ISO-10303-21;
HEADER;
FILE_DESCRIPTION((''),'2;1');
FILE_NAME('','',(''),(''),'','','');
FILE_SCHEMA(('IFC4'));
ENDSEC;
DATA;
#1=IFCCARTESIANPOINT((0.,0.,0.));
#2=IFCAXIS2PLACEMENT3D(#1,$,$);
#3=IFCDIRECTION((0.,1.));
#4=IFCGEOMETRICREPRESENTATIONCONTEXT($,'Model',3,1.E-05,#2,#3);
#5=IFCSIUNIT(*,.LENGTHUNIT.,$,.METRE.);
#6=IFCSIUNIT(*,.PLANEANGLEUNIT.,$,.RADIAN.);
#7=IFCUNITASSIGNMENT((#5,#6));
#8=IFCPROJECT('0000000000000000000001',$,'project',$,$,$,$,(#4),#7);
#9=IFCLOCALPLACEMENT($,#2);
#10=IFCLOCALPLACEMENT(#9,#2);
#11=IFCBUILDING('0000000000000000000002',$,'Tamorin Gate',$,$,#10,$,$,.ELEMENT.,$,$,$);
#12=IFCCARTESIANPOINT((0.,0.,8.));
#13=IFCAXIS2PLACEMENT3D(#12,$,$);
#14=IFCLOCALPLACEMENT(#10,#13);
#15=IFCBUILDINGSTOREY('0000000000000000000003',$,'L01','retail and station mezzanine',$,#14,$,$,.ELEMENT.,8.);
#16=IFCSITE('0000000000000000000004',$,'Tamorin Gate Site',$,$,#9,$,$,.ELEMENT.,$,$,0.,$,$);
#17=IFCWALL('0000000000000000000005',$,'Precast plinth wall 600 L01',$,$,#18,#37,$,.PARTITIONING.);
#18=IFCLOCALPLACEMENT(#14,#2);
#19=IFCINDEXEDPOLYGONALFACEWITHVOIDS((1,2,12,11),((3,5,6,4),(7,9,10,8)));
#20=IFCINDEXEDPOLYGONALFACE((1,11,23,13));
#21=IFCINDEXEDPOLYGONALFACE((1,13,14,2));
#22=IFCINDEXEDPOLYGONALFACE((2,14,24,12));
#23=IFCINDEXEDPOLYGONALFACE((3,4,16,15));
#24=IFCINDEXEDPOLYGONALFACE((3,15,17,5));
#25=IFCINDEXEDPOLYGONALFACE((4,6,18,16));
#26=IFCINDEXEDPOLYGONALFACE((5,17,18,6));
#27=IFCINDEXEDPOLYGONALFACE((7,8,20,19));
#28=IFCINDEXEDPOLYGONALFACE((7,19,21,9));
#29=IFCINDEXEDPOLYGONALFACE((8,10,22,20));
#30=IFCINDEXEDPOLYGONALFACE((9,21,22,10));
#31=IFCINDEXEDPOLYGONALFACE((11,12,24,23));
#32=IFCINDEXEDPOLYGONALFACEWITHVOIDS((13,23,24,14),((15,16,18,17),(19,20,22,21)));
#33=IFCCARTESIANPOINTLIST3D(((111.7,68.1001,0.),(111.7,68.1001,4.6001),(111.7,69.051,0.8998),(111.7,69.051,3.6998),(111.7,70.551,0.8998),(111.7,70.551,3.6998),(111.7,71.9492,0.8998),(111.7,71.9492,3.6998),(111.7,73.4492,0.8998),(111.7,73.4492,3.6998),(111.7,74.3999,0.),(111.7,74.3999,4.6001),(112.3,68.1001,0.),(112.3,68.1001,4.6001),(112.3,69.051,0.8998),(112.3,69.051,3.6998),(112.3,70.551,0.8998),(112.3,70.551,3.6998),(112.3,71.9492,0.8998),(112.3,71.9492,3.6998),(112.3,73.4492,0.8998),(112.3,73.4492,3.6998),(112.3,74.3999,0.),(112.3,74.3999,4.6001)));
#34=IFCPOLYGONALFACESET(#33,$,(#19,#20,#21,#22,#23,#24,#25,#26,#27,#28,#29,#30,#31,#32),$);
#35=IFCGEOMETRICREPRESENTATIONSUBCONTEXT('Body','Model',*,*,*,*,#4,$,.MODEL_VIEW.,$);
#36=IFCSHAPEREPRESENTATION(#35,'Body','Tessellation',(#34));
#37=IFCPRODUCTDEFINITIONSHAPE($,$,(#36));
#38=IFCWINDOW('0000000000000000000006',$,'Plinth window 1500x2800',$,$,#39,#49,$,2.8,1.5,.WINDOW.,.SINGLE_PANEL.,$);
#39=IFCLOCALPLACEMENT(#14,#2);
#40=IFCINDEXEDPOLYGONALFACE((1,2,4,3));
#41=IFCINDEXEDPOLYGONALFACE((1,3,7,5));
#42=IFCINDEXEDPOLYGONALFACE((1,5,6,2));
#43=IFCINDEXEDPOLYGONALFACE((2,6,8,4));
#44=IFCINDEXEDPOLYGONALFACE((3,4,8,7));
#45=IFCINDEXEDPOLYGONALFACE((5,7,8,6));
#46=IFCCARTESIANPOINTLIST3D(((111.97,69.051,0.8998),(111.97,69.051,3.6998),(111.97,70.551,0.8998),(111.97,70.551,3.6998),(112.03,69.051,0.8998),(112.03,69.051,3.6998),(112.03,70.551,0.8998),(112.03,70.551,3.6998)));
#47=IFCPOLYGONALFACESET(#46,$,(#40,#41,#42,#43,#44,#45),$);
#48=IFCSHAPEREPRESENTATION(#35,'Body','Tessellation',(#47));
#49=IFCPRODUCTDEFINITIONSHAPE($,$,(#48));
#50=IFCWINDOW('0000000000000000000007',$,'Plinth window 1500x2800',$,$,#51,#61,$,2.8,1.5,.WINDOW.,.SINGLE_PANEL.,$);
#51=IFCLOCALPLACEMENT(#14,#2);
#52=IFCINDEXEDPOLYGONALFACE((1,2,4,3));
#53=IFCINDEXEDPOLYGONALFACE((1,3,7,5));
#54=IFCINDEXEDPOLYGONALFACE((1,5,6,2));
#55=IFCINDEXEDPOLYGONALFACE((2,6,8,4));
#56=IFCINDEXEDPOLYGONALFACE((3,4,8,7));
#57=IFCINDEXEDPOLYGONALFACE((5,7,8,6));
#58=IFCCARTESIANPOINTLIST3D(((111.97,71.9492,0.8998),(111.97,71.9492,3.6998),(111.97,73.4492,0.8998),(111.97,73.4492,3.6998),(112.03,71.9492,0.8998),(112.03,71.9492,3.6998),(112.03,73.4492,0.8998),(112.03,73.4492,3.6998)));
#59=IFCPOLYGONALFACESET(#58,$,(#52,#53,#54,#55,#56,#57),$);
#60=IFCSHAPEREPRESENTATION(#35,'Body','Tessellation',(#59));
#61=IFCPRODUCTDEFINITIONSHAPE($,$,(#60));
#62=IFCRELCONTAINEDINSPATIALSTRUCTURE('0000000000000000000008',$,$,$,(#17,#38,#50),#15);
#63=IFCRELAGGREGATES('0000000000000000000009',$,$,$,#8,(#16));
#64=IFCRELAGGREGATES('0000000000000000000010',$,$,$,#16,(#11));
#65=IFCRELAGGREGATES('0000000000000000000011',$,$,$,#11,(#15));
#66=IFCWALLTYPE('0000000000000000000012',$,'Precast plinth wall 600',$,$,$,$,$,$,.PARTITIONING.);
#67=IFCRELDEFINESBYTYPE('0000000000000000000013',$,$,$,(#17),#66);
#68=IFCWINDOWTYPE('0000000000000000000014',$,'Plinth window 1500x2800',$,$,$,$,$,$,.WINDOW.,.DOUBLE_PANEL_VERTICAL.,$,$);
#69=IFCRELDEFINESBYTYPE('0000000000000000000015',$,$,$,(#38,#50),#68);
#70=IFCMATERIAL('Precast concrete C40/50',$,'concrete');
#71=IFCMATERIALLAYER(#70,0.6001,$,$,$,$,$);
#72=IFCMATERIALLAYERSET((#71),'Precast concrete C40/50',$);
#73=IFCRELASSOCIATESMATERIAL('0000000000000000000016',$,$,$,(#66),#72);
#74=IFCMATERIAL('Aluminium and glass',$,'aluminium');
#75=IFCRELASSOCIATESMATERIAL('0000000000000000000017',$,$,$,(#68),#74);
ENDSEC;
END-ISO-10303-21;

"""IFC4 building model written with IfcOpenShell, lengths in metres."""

from ifc_helpers import new_model, si_unit, direction, frame, frame_2d, origin, place, context, subcontext, project, spatial, rectangle, extrude, material, layer, layer_set, type_object, element, fill, save


model = new_model("IFC4")

# Units and contexts
model_context = context("Model", 3, precision=1e-05, world=origin(), true_north=direction((0.0, 1.0)))
body_context = subcontext(model_context, "Body", "Model", "MODEL_VIEW")
ifc_project = project(units=[si_unit("LENGTHUNIT", "METRE"), si_unit("PLANEANGLEUNIT", "RADIAN")], contexts=[model_context])

# Site, building, storey
site_placement = place(None, origin())
site = spatial("IfcSite", under=ifc_project, at=site_placement, Name="Tamorin Gate Site", CompositionType="ELEMENT", RefElevation=0.0)
building_placement = place(site_placement, origin())
building = spatial("IfcBuilding", under=site, at=building_placement, Name="Tamorin Gate", CompositionType="ELEMENT")
storey_placement = place(building_placement, frame((0.0, 0.0, 8.0)))
storey = spatial("IfcBuildingStorey", under=building, at=storey_placement, Name="L01", Description="retail and station mezzanine", CompositionType="ELEMENT", Elevation=8.0)

# Shared definitions
ifc_material_1 = material(Name="Aluminium and glass", Category="aluminium")

# Wall, openings, windows
ifc_material_2 = material(Name="Precast concrete C40/50", Category="concrete")
ifc_layer_1 = layer(ifc_material_2, 0.6001)
ifc_layer_set_1 = layer_set([ifc_layer_1], Name="Precast concrete C40/50")
wall_type = type_object("IfcWallType", Name="Precast plinth wall 600", PredefinedType="PARTITIONING", material=ifc_layer_set_1)
window_type = type_object("IfcWindowType", Name="Plinth window 1500x2800", PartitioningType="DOUBLE_PANEL_VERTICAL", PredefinedType="WINDOW", material=ifc_material_1)
wall_1_placement = place(storey_placement, frame((112.0, 68.1001, 0.0), z_axis=(0.0, 0.0, 1.0), x_axis=(0.0, 1.0, 0.0)))
wall_1 = element("IfcWall", 1, at=wall_1_placement, inside=storey, type_object=wall_type, Name="Precast plinth wall 600 L01", PredefinedType="PARTITIONING", context=body_context, shape_type="SweptSolid", body=[
    extrude(rectangle(XDim=6.2998, YDim=0.6001, at=frame_2d((3.1499, 0.0))), origin(), (0.0, 0.0, 1.0), 4.6001),
])
opening_1_placement = place(wall_1_placement, frame((0.9509, 0.0, 0.8999)))
opening_1 = element("IfcOpeningElement", 2, at=opening_1_placement, cuts=wall_1, PredefinedType="OPENING", context=body_context, shape_type="SweptSolid", body=[
    extrude(rectangle(XDim=1.5, YDim=2.8, at=frame_2d((0.75, 1.3999))), frame((0.0, 0.3101, 0.0), z_axis=(0.0, -1.0, 0.0), x_axis=(1.0, 0.0, 0.0)), (0.0, 0.0, 1.0), 0.6201),
])
opening_2_placement = place(wall_1_placement, frame((3.8491, 0.0, 0.8999)))
opening_2 = element("IfcOpeningElement", 3, at=opening_2_placement, cuts=wall_1, PredefinedType="OPENING", context=body_context, shape_type="SweptSolid", body=[
    extrude(rectangle(XDim=1.5, YDim=2.8, at=frame_2d((0.75, 1.3999))), frame((0.0, 0.3101, 0.0), z_axis=(0.0, -1.0, 0.0), x_axis=(1.0, 0.0, 0.0)), (0.0, 0.0, 1.0), 0.6201),
])
window_1_placement = place(opening_1_placement, origin())
window_1 = element("IfcWindow", 4, at=window_1_placement, inside=storey, type_object=window_type, Name="Plinth window 1500x2800", OverallHeight=2.8, OverallWidth=1.5, PartitioningType="SINGLE_PANEL", PredefinedType="WINDOW", context=body_context, shape_type="SweptSolid", body=[
    extrude(rectangle(XDim=1.5, YDim=2.8, at=frame_2d((0.75, 1.3999))), frame((0.0, 0.03, 0.0), z_axis=(0.0, -1.0, 0.0), x_axis=(1.0, 0.0, 0.0)), (0.0, 0.0, 1.0), 0.0601),
])
fill(opening_1, window_1)
window_2_placement = place(opening_2_placement, origin())
window_2 = element("IfcWindow", 5, at=window_2_placement, inside=storey, type_object=window_type, Name="Plinth window 1500x2800", OverallHeight=2.8, OverallWidth=1.5, PartitioningType="SINGLE_PANEL", PredefinedType="WINDOW", context=body_context, shape_type="SweptSolid", body=[
    extrude(rectangle(XDim=1.5, YDim=2.8, at=frame_2d((0.75, 1.3999))), frame((0.0, 0.03, 0.0), z_axis=(0.0, -1.0, 0.0), x_axis=(1.0, 0.0, 0.0)), (0.0, 0.0, 1.0), 0.0601),
])
fill(opening_2, window_2)

save(model, "model.ifc")
